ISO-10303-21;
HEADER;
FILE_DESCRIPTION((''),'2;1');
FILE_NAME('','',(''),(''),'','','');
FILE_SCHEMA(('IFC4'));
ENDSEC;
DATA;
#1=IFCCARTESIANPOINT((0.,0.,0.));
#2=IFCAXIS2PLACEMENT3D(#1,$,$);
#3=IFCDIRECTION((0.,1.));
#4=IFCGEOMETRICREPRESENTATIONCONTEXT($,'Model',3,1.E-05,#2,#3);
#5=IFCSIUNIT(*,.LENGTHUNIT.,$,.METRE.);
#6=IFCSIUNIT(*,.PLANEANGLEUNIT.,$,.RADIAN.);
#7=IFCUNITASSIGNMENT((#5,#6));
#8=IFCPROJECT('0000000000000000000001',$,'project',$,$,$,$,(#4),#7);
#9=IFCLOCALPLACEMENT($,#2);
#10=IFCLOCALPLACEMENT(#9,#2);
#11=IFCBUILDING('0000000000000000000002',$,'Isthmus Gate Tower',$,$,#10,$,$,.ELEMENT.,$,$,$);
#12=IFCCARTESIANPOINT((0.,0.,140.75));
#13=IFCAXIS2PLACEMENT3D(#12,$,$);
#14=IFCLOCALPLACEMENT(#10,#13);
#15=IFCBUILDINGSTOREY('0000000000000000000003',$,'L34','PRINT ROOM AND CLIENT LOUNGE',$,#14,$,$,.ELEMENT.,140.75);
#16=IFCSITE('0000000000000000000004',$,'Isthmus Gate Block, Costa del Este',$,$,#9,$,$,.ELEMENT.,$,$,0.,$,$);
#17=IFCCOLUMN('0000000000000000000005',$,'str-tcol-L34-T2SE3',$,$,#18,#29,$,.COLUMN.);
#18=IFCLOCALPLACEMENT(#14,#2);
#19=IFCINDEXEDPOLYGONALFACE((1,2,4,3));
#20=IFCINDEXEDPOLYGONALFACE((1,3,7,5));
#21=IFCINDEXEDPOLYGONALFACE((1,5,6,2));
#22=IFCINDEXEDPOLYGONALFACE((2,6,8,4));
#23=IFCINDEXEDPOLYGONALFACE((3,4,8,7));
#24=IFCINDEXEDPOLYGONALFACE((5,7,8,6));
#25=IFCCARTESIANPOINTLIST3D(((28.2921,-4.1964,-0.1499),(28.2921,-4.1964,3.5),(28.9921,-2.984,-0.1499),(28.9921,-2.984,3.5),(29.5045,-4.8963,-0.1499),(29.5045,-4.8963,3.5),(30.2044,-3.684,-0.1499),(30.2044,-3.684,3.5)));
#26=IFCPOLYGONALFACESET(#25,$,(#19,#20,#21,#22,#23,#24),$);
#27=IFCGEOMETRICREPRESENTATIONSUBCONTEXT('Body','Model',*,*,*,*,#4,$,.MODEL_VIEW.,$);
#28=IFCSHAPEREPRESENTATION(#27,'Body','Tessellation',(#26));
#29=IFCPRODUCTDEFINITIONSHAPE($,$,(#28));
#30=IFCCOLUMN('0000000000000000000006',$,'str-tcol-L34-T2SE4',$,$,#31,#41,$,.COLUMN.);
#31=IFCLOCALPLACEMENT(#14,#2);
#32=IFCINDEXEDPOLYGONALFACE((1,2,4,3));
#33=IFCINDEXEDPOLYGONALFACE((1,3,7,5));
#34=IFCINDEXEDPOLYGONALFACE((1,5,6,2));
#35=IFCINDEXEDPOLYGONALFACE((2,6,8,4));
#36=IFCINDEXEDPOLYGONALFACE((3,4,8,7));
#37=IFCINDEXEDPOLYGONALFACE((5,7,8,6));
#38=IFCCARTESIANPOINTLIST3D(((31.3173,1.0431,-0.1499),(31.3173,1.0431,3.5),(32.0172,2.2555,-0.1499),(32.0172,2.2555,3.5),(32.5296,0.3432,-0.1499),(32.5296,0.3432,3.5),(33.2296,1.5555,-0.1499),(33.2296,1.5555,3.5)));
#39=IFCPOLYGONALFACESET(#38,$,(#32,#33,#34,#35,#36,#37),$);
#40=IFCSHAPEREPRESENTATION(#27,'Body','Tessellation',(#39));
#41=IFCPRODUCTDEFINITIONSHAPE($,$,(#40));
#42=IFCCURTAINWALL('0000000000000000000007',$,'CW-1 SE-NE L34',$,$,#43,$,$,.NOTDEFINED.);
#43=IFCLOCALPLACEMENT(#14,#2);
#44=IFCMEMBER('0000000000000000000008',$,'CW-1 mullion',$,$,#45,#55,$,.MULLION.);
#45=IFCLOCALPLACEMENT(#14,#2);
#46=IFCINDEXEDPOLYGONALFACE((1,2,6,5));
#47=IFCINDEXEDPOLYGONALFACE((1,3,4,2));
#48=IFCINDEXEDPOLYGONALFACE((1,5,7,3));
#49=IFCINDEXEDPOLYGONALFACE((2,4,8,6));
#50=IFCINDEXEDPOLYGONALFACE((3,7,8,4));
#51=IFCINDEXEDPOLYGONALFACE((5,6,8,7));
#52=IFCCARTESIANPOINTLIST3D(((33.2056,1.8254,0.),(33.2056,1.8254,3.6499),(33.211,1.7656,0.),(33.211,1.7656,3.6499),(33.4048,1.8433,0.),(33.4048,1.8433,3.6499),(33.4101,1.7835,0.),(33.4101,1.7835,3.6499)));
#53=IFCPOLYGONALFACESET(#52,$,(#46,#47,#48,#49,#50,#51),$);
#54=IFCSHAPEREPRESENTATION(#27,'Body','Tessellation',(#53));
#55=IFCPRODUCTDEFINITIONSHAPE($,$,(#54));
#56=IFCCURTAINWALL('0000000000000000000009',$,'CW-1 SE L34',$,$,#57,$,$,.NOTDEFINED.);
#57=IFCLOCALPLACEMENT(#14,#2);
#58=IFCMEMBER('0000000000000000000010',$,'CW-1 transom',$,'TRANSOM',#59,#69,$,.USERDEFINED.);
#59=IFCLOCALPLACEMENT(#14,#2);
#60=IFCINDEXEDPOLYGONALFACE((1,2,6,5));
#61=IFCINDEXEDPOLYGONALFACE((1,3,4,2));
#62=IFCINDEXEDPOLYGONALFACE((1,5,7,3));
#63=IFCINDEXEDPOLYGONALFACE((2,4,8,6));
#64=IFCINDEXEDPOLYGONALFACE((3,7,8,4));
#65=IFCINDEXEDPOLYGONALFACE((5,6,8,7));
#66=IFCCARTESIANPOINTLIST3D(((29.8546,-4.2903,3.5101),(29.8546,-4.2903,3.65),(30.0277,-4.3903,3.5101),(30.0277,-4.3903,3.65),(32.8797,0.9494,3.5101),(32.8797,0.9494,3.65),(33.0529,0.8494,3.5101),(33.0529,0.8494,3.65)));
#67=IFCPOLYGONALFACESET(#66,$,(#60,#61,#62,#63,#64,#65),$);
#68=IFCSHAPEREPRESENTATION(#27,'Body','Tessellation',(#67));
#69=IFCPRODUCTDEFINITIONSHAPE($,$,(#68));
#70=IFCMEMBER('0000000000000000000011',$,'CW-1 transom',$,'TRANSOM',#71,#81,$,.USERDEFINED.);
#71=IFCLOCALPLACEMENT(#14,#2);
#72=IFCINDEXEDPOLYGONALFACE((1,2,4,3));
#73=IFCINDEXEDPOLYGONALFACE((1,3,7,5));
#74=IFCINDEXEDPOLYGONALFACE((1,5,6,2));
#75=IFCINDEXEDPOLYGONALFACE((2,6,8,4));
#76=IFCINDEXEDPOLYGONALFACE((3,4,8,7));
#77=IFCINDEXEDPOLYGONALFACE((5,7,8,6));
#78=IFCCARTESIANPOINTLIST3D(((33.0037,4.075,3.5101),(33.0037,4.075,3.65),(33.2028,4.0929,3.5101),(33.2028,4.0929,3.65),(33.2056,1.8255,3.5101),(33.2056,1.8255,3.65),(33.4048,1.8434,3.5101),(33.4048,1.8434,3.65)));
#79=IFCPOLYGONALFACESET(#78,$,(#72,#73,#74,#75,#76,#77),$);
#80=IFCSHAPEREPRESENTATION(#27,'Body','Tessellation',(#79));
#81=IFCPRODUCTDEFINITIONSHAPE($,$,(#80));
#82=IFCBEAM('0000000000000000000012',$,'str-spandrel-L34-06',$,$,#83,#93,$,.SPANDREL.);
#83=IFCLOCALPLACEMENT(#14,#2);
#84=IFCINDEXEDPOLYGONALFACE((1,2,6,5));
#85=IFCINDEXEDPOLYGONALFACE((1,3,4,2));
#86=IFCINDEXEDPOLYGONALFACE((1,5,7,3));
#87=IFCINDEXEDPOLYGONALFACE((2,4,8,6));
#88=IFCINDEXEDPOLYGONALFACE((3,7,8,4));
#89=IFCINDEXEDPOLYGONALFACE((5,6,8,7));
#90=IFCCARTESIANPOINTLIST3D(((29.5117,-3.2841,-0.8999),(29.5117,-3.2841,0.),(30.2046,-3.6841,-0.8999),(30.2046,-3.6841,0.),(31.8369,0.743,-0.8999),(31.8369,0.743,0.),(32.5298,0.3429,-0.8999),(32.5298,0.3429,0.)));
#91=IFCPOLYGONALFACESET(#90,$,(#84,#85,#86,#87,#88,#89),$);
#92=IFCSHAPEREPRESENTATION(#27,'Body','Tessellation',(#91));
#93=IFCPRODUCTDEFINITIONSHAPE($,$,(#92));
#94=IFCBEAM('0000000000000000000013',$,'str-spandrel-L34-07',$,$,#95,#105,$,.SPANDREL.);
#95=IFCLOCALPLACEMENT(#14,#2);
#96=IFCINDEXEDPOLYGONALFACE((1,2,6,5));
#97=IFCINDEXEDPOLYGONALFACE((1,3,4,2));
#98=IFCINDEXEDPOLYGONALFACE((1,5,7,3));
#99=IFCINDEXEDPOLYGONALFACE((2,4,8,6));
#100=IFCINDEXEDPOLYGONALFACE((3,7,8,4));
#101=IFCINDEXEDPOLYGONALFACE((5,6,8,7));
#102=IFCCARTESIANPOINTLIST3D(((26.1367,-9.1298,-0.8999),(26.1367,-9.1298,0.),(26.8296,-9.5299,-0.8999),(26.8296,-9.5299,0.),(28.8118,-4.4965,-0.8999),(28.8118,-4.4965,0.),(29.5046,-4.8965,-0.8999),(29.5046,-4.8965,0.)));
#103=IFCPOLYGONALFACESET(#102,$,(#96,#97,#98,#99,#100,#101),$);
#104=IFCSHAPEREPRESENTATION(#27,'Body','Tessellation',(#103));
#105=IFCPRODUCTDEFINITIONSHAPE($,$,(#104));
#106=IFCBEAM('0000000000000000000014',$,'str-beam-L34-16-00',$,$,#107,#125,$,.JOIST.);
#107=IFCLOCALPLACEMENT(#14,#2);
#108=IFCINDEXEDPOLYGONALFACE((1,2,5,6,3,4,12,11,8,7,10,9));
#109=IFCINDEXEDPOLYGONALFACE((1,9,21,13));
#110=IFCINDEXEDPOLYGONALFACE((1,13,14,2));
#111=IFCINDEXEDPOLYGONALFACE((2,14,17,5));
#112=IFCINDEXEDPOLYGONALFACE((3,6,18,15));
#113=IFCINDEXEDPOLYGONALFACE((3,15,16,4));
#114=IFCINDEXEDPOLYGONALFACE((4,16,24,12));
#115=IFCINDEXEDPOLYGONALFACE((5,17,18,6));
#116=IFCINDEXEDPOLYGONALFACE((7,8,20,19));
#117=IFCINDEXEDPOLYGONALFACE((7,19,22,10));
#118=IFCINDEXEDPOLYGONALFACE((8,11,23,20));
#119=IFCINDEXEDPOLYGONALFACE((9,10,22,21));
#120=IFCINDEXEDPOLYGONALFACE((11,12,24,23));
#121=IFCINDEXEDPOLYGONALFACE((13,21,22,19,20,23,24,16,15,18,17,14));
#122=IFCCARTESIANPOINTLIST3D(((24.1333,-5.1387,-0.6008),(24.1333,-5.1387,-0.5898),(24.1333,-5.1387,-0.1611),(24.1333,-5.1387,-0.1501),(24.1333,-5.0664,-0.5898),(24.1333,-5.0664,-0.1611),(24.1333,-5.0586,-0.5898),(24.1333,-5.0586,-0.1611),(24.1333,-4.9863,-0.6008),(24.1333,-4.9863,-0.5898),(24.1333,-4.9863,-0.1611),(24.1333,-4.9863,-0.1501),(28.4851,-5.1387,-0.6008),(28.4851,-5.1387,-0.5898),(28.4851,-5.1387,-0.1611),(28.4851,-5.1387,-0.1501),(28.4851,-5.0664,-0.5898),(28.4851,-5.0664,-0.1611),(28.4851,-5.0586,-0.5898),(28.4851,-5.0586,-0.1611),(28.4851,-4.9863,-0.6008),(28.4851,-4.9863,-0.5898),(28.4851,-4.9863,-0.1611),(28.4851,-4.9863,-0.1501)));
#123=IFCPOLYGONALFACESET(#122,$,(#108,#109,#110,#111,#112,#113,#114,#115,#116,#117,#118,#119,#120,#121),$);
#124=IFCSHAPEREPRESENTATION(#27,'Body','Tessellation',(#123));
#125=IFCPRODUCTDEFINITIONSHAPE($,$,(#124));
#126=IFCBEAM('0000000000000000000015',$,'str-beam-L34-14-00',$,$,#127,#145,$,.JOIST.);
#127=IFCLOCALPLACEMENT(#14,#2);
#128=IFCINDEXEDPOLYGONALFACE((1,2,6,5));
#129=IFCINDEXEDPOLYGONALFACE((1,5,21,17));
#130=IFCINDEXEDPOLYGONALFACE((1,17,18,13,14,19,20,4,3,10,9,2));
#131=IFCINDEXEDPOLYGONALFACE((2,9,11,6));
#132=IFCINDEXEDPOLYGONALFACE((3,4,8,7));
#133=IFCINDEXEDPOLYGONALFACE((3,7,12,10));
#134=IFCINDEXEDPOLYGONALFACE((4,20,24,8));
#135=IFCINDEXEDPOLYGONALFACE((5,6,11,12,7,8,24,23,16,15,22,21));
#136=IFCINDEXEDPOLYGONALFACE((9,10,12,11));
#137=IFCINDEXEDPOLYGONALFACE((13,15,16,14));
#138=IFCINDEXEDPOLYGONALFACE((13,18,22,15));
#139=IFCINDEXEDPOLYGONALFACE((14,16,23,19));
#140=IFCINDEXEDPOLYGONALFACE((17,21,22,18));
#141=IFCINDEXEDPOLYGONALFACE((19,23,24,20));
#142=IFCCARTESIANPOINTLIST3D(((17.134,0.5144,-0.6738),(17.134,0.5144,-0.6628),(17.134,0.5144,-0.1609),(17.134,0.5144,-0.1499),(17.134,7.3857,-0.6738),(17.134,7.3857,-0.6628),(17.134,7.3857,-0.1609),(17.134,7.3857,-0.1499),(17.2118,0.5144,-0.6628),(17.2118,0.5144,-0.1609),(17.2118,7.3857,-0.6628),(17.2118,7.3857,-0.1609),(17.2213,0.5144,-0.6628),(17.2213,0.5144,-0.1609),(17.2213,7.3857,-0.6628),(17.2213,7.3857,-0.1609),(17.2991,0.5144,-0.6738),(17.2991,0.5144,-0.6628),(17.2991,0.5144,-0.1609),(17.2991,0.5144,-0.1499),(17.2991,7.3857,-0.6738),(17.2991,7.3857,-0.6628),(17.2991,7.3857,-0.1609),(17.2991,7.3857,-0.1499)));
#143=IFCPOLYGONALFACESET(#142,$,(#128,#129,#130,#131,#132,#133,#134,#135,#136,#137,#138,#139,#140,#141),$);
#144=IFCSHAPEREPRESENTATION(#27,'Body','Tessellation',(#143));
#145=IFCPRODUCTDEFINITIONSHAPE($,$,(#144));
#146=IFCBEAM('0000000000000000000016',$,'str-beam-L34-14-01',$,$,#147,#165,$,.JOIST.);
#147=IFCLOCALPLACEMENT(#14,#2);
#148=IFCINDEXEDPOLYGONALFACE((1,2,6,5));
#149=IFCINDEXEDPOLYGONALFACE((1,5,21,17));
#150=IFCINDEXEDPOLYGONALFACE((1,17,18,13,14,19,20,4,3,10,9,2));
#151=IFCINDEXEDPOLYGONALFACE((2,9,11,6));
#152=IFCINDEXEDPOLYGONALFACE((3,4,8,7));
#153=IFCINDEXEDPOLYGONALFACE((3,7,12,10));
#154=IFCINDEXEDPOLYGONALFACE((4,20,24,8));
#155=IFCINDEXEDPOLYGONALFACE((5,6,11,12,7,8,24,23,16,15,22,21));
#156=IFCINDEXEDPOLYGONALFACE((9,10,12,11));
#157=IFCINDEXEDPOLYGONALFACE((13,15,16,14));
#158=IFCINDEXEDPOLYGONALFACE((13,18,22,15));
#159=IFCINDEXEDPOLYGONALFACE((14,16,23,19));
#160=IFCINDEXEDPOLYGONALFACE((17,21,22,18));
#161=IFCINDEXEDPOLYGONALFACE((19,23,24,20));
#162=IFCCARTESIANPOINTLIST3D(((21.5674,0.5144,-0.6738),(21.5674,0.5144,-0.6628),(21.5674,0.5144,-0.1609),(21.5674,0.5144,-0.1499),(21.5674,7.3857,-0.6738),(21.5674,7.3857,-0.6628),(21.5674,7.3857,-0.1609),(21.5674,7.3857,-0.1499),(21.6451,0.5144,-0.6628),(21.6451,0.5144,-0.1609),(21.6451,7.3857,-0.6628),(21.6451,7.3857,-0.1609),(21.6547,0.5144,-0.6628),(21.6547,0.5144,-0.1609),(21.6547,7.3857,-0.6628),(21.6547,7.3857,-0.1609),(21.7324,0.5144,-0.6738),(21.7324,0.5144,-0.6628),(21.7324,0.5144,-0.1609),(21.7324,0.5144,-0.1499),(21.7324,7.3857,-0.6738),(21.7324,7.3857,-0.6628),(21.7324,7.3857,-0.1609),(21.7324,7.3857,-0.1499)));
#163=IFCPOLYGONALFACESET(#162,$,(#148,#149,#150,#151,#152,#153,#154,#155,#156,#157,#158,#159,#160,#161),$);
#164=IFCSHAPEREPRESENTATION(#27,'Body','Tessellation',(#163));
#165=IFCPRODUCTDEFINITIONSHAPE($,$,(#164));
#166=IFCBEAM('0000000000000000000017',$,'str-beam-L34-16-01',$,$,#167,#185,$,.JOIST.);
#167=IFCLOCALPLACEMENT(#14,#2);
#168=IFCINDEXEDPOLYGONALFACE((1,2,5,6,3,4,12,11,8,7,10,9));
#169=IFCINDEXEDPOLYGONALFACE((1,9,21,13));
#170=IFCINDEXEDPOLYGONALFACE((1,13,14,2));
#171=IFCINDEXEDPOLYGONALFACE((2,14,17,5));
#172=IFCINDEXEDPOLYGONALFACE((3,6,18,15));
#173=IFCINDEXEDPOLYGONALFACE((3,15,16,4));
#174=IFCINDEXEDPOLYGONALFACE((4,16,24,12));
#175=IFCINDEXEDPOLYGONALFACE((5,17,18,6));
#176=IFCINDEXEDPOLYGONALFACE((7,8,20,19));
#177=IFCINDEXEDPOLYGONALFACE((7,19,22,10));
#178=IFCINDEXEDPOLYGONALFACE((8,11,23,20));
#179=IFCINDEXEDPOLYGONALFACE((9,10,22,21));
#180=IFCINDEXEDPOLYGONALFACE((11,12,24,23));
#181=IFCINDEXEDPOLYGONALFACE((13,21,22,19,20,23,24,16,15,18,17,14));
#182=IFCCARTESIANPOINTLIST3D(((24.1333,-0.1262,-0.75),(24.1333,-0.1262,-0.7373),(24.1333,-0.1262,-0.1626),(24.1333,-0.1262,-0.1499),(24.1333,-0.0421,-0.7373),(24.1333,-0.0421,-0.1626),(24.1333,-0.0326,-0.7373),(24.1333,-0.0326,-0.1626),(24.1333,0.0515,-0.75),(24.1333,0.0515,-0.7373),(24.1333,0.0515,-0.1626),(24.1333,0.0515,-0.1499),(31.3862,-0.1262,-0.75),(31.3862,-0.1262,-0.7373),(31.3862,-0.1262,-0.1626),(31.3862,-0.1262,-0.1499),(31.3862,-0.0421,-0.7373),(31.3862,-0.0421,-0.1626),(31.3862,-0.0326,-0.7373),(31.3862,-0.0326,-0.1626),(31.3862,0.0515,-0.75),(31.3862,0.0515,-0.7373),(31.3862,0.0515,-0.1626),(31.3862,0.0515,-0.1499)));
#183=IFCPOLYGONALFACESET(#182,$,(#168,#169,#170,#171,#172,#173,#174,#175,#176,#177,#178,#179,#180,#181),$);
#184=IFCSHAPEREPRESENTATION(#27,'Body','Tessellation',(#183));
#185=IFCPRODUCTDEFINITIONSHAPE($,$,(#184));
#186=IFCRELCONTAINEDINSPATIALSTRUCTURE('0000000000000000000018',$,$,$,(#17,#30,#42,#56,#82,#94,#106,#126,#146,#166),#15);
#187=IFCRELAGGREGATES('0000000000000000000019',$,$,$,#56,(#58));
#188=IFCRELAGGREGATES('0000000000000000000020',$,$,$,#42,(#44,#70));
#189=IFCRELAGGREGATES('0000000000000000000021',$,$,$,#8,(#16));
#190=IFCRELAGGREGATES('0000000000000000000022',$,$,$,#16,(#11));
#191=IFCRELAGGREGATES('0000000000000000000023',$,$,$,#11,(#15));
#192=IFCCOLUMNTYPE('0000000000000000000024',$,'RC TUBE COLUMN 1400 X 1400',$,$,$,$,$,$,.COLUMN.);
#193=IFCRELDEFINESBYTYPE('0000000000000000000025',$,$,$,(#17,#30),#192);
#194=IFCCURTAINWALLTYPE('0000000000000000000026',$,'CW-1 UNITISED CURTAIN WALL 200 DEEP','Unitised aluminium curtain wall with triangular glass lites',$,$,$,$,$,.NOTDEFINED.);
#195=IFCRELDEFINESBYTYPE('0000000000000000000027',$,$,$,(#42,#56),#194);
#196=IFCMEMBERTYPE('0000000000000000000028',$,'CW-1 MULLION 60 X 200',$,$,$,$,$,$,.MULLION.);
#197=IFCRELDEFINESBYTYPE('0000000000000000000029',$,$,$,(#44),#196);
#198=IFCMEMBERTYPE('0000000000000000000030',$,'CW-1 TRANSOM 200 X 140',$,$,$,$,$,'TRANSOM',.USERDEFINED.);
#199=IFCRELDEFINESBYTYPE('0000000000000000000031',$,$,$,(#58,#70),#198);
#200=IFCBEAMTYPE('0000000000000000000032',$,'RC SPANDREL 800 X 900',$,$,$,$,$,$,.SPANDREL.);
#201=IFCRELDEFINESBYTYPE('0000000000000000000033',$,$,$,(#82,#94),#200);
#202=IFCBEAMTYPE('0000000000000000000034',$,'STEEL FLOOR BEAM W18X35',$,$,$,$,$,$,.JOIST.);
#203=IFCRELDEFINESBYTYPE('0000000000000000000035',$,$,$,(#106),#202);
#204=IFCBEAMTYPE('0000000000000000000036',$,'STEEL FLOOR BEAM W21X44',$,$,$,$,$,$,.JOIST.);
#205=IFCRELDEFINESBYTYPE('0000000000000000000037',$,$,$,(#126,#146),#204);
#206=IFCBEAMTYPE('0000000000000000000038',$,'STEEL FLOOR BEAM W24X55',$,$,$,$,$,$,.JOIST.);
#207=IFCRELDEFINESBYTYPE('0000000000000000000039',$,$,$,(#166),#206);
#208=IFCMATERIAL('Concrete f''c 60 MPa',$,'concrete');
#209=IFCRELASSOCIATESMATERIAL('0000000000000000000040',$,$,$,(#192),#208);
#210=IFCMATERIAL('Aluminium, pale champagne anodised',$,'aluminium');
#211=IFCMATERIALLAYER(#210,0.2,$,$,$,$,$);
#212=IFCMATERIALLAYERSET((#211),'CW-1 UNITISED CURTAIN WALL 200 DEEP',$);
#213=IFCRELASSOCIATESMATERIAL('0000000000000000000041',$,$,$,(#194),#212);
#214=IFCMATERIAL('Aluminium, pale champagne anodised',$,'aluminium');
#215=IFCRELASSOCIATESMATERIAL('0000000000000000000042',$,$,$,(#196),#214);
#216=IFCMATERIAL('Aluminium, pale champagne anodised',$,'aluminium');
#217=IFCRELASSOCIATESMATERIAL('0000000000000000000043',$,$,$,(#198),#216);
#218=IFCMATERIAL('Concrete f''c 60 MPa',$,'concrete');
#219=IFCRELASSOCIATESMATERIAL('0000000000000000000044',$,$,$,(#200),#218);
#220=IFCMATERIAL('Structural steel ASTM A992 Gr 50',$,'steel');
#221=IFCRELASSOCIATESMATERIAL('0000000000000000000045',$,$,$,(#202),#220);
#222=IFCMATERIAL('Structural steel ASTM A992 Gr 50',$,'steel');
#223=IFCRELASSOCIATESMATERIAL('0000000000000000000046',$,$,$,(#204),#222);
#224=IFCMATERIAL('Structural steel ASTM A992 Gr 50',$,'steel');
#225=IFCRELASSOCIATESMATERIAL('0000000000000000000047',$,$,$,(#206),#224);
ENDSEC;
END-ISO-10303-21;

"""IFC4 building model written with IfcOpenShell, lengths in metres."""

from ifc_helpers import new_model, si_unit, direction, frame, origin, origin_2d, place, context, subcontext, project, spatial, rectangle, i_section, extrude, material, layer, layer_set, material_profile, profile_set, type_object, element, aggregate, save


model = new_model("IFC4")

# Units and contexts
model_context = context("Model", 3, precision=1e-05, world=origin(), true_north=direction((0.0, 1.0)))
body_context = subcontext(model_context, "Body", "Model", "MODEL_VIEW")
ifc_project = project(units=[si_unit("LENGTHUNIT", "METRE"), si_unit("PLANEANGLEUNIT", "RADIAN")], contexts=[model_context])

# Site, building, storey
site_placement = place(None, origin())
site = spatial("IfcSite", under=ifc_project, at=site_placement, Name="Isthmus Gate Block, Costa del Este", CompositionType="ELEMENT", RefElevation=0.0)
building_placement = place(site_placement, origin())
building = spatial("IfcBuilding", under=site, at=building_placement, Name="Isthmus Gate Tower", CompositionType="ELEMENT")
storey_placement = place(building_placement, frame((0.0, 0.0, 140.75)))
storey = spatial("IfcBuildingStorey", under=building, at=storey_placement, Name="L34", Description="PRINT ROOM AND CLIENT LOUNGE", CompositionType="ELEMENT", Elevation=140.75)

# Columns
ifc_material_1 = material(Name="Concrete f'c 60 MPa", Category="concrete")
ifc_material_profile_1 = material_profile(ifc_material_1, rectangle(XDim=1.3999, YDim=1.3999, at=origin_2d()), Name="RC 1400X1400")
ifc_profile_set_1 = profile_set([ifc_material_profile_1], Name="Concrete f'c 60 MPa")
column_type = type_object("IfcColumnType", Name="RC TUBE COLUMN 1400 X 1400", PredefinedType="COLUMN", material=ifc_profile_set_1)
for number, where, z_axis, x_axis, name in (
    (1, (29.2483, -3.9402, -0.1499), (0.0, 0.0, 1.0), (0.5, 0.866025, 0.0), "str-tcol-L34-T2SE3"),
    (2, (32.2734, 1.2993, -0.1499), (0.0, 0.0, 1.0), (0.5, 0.866025, 0.0), "str-tcol-L34-T2SE4"),
):
    element("IfcColumn", number, at=place(storey_placement, frame(where, z_axis=z_axis, x_axis=x_axis)), inside=storey, type_object=column_type, Name=name, PredefinedType="COLUMN", context=body_context, shape_type="SweptSolid", body=[
        extrude(rectangle(XDim=1.3999, YDim=1.3999, at=origin_2d()), origin(), (0.0, 0.0, 1.0), 3.6499),
    ])

# Curtain walls, members
ifc_material_2 = material(Name="Aluminium, pale champagne anodised", Category="aluminium")
ifc_layer_1 = layer(ifc_material_2, 0.2)
ifc_layer_set_1 = layer_set([ifc_layer_1], Name="CW-1 UNITISED CURTAIN WALL 200 DEEP")
curtain_wall_type = type_object("IfcCurtainWallType", Name="CW-1 UNITISED CURTAIN WALL 200 DEEP", Description="Unitised aluminium curtain wall with triangular glass lites", PredefinedType="NOTDEFINED", material=ifc_layer_set_1)
curtain_wall_1_placement = place(storey_placement, origin())
curtain_wall_1 = element("IfcCurtainWall", 3, at=curtain_wall_1_placement, inside=storey, type_object=curtain_wall_type, Name="CW-1 SE-NE L34", PredefinedType="NOTDEFINED")
ifc_material_3 = material(Name="Aluminium, pale champagne anodised", Category="aluminium")
ifc_material_profile_2 = material_profile(ifc_material_3, rectangle(XDim=0.0601, YDim=0.2, at=origin_2d()), Name="60x200")
ifc_profile_set_2 = profile_set([ifc_material_profile_2], Name="Aluminium, pale champagne anodised")
member_type_1 = type_object("IfcMemberType", Name="CW-1 MULLION 60 X 200", PredefinedType="MULLION", material=ifc_profile_set_2)
member_1_placement = place(storey_placement, frame((33.3079, 1.8044, 0.0), z_axis=(0.0, 0.0, 1.0), x_axis=(-0.089397, 0.995996, 0.0)))
member_1 = element("IfcMember", 4, at=member_1_placement, type_object=member_type_1, Name="CW-1 mullion", PredefinedType="MULLION", context=body_context, shape_type="SweptSolid", body=[
    extrude(rectangle(XDim=0.0601, YDim=0.2, at=origin_2d()), origin(), (0.0, 0.0, 1.0), 3.6499),
])
curtain_wall_2_placement = place(storey_placement, origin())
curtain_wall_2 = element("IfcCurtainWall", 5, at=curtain_wall_2_placement, inside=storey, type_object=curtain_wall_type, Name="CW-1 SE L34", PredefinedType="NOTDEFINED")
ifc_material_4 = material(Name="Aluminium, pale champagne anodised", Category="aluminium")
ifc_material_profile_3 = material_profile(ifc_material_4, rectangle(XDim=0.2, YDim=0.1399, at=origin_2d()), Name="200x140")
ifc_profile_set_3 = profile_set([ifc_material_profile_3], Name="Aluminium, pale champagne anodised")
member_type_2 = type_object("IfcMemberType", Name="CW-1 TRANSOM 200 X 140", ElementType="TRANSOM", PredefinedType="USERDEFINED", material=ifc_profile_set_3)
member_2_placement = place(storey_placement, frame((29.9412, -4.3403, 3.5801), z_axis=(0.499997, 0.866027, 0.0), x_axis=(-0.866027, 0.499997, 0.0)))
member_2 = element("IfcMember", 6, at=member_2_placement, type_object=member_type_2, Name="CW-1 transom", ObjectType="TRANSOM", PredefinedType="USERDEFINED", context=body_context, shape_type="SweptSolid", body=[
    extrude(rectangle(XDim=0.2, YDim=0.1399, at=origin_2d()), origin(), (0.0, 0.0, 1.0), 6.0503),
])

# Member
member_3_placement = place(storey_placement, frame((33.3052, 1.8345, 3.5801), z_axis=(-0.089395, 0.995996, 0.0), x_axis=(-0.995996, -0.089395, 0.0)))
member_3 = element("IfcMember", 7, at=member_3_placement, type_object=member_type_2, Name="CW-1 transom", ObjectType="TRANSOM", PredefinedType="USERDEFINED", context=body_context, shape_type="SweptSolid", body=[
    extrude(rectangle(XDim=0.2, YDim=0.1399, at=origin_2d()), origin(), (0.0, 0.0, 1.0), 2.2585),
])

# Beams
ifc_material_5 = material(Name="Concrete f'c 60 MPa", Category="concrete")
ifc_material_profile_4 = material_profile(ifc_material_5, rectangle(XDim=0.8, YDim=0.8999, at=origin_2d()), Name="RC 800X900")
ifc_profile_set_4 = profile_set([ifc_material_profile_4], Name="Concrete f'c 60 MPa")
beam_type_1 = type_object("IfcBeamType", Name="RC SPANDREL 800 X 900", PredefinedType="SPANDREL", material=ifc_profile_set_4)
beam_1_placement = place(storey_placement, frame((32.1833, 0.543, -0.45), z_axis=(-0.500024, -0.866012, 0.0), x_axis=(0.866012, -0.500024, 0.0)))
element("IfcBeam", 8, at=beam_1_placement, inside=storey, type_object=beam_type_1, Name="str-spandrel-L34-06", PredefinedType="SPANDREL", context=body_context, shape_type="SweptSolid", body=[
    extrude(rectangle(XDim=0.8, YDim=0.8999, at=origin_2d()), origin(), (0.0, 0.0, 1.0), 4.6501),
])
beam_2_placement = place(storey_placement, frame((29.1582, -4.6965, -0.45), z_axis=(-0.500002, -0.866024, 0.0), x_axis=(0.866024, -0.500002, 0.0)))
element("IfcBeam", 9, at=beam_2_placement, inside=storey, type_object=beam_type_1, Name="str-spandrel-L34-07", PredefinedType="SPANDREL", context=body_context, shape_type="SweptSolid", body=[
    extrude(rectangle(XDim=0.8, YDim=0.8999, at=origin_2d()), origin(), (0.0, 0.0, 1.0), 5.3501),
])
ifc_material_6 = material(Name="Structural steel ASTM A992 Gr 50", Category="steel")
ifc_material_profile_5 = material_profile(ifc_material_6, i_section(OverallWidth=0.1523, OverallDepth=0.4507, WebThickness=0.0078, FlangeThickness=0.011, at=origin_2d()), Name="W18X35")
ifc_profile_set_5 = profile_set([ifc_material_profile_5], Name="Structural steel ASTM A992 Gr 50")
beam_type_2 = type_object("IfcBeamType", Name="STEEL FLOOR BEAM W18X35", PredefinedType="JOIST", material=ifc_profile_set_5)
beam_3_placement = place(storey_placement, frame((24.1333, -5.0625, -0.3755), z_axis=(1.0, 0.0, 0.0), x_axis=(0.0, 1.0, 0.0)))
element("IfcBeam", 10, at=beam_3_placement, inside=storey, type_object=beam_type_2, Name="str-beam-L34-16-00", PredefinedType="JOIST", context=body_context, shape_type="SweptSolid", body=[
    extrude(i_section(OverallWidth=0.1523, OverallDepth=0.4507, WebThickness=0.0078, FlangeThickness=0.011, at=origin_2d()), origin(), (0.0, 0.0, 1.0), 4.3518),
])
ifc_material_7 = material(Name="Structural steel ASTM A992 Gr 50", Category="steel")
ifc_material_profile_6 = material_profile(ifc_material_7, i_section(OverallWidth=0.165, OverallDepth=0.5239, WebThickness=0.0095, FlangeThickness=0.011, at=origin_2d()), Name="W21X44")
ifc_profile_set_6 = profile_set([ifc_material_profile_6], Name="Structural steel ASTM A992 Gr 50")
beam_type_3 = type_object("IfcBeamType", Name="STEEL FLOOR BEAM W21X44", PredefinedType="JOIST", material=ifc_profile_set_6)
for number, where, z_axis, x_axis, name in (
    (11, (17.2166, 0.5144, -0.4119), (0.0, 1.0, 0.0), (-1.0, 0.0, 0.0), "str-beam-L34-14-00"),
    (12, (21.6499, 0.5144, -0.4119), (0.0, 1.0, 0.0), (-1.0, 0.0, 0.0), "str-beam-L34-14-01"),
):
    element("IfcBeam", number, at=place(storey_placement, frame(where, z_axis=z_axis, x_axis=x_axis)), inside=storey, type_object=beam_type_3, Name=name, PredefinedType="JOIST", context=body_context, shape_type="SweptSolid", body=[
        extrude(i_section(OverallWidth=0.165, OverallDepth=0.5239, WebThickness=0.0095, FlangeThickness=0.011, at=origin_2d()), origin(), (0.0, 0.0, 1.0), 6.8713),
    ])
ifc_material_8 = material(Name="Structural steel ASTM A992 Gr 50", Category="steel")
ifc_material_profile_7 = material_profile(ifc_material_8, i_section(OverallWidth=0.1777, OverallDepth=0.6001, WebThickness=0.0095, FlangeThickness=0.0127, at=origin_2d()), Name="W24X55")
ifc_profile_set_7 = profile_set([ifc_material_profile_7], Name="Structural steel ASTM A992 Gr 50")
beam_type_4 = type_object("IfcBeamType", Name="STEEL FLOOR BEAM W24X55", PredefinedType="JOIST", material=ifc_profile_set_7)
beam_4_placement = place(storey_placement, frame((24.1333, -0.0374, -0.45), z_axis=(1.0, 0.0, 0.0), x_axis=(0.0, 1.0, 0.0)))
element("IfcBeam", 13, at=beam_4_placement, inside=storey, type_object=beam_type_4, Name="str-beam-L34-16-01", PredefinedType="JOIST", context=body_context, shape_type="SweptSolid", body=[
    extrude(i_section(OverallWidth=0.1777, OverallDepth=0.6001, WebThickness=0.0095, FlangeThickness=0.0127, at=origin_2d()), origin(), (0.0, 0.0, 1.0), 7.2529),
])

aggregate(curtain_wall_2, [member_2])
aggregate(curtain_wall_1, [member_1, member_3])

save(model, "model.ifc")
